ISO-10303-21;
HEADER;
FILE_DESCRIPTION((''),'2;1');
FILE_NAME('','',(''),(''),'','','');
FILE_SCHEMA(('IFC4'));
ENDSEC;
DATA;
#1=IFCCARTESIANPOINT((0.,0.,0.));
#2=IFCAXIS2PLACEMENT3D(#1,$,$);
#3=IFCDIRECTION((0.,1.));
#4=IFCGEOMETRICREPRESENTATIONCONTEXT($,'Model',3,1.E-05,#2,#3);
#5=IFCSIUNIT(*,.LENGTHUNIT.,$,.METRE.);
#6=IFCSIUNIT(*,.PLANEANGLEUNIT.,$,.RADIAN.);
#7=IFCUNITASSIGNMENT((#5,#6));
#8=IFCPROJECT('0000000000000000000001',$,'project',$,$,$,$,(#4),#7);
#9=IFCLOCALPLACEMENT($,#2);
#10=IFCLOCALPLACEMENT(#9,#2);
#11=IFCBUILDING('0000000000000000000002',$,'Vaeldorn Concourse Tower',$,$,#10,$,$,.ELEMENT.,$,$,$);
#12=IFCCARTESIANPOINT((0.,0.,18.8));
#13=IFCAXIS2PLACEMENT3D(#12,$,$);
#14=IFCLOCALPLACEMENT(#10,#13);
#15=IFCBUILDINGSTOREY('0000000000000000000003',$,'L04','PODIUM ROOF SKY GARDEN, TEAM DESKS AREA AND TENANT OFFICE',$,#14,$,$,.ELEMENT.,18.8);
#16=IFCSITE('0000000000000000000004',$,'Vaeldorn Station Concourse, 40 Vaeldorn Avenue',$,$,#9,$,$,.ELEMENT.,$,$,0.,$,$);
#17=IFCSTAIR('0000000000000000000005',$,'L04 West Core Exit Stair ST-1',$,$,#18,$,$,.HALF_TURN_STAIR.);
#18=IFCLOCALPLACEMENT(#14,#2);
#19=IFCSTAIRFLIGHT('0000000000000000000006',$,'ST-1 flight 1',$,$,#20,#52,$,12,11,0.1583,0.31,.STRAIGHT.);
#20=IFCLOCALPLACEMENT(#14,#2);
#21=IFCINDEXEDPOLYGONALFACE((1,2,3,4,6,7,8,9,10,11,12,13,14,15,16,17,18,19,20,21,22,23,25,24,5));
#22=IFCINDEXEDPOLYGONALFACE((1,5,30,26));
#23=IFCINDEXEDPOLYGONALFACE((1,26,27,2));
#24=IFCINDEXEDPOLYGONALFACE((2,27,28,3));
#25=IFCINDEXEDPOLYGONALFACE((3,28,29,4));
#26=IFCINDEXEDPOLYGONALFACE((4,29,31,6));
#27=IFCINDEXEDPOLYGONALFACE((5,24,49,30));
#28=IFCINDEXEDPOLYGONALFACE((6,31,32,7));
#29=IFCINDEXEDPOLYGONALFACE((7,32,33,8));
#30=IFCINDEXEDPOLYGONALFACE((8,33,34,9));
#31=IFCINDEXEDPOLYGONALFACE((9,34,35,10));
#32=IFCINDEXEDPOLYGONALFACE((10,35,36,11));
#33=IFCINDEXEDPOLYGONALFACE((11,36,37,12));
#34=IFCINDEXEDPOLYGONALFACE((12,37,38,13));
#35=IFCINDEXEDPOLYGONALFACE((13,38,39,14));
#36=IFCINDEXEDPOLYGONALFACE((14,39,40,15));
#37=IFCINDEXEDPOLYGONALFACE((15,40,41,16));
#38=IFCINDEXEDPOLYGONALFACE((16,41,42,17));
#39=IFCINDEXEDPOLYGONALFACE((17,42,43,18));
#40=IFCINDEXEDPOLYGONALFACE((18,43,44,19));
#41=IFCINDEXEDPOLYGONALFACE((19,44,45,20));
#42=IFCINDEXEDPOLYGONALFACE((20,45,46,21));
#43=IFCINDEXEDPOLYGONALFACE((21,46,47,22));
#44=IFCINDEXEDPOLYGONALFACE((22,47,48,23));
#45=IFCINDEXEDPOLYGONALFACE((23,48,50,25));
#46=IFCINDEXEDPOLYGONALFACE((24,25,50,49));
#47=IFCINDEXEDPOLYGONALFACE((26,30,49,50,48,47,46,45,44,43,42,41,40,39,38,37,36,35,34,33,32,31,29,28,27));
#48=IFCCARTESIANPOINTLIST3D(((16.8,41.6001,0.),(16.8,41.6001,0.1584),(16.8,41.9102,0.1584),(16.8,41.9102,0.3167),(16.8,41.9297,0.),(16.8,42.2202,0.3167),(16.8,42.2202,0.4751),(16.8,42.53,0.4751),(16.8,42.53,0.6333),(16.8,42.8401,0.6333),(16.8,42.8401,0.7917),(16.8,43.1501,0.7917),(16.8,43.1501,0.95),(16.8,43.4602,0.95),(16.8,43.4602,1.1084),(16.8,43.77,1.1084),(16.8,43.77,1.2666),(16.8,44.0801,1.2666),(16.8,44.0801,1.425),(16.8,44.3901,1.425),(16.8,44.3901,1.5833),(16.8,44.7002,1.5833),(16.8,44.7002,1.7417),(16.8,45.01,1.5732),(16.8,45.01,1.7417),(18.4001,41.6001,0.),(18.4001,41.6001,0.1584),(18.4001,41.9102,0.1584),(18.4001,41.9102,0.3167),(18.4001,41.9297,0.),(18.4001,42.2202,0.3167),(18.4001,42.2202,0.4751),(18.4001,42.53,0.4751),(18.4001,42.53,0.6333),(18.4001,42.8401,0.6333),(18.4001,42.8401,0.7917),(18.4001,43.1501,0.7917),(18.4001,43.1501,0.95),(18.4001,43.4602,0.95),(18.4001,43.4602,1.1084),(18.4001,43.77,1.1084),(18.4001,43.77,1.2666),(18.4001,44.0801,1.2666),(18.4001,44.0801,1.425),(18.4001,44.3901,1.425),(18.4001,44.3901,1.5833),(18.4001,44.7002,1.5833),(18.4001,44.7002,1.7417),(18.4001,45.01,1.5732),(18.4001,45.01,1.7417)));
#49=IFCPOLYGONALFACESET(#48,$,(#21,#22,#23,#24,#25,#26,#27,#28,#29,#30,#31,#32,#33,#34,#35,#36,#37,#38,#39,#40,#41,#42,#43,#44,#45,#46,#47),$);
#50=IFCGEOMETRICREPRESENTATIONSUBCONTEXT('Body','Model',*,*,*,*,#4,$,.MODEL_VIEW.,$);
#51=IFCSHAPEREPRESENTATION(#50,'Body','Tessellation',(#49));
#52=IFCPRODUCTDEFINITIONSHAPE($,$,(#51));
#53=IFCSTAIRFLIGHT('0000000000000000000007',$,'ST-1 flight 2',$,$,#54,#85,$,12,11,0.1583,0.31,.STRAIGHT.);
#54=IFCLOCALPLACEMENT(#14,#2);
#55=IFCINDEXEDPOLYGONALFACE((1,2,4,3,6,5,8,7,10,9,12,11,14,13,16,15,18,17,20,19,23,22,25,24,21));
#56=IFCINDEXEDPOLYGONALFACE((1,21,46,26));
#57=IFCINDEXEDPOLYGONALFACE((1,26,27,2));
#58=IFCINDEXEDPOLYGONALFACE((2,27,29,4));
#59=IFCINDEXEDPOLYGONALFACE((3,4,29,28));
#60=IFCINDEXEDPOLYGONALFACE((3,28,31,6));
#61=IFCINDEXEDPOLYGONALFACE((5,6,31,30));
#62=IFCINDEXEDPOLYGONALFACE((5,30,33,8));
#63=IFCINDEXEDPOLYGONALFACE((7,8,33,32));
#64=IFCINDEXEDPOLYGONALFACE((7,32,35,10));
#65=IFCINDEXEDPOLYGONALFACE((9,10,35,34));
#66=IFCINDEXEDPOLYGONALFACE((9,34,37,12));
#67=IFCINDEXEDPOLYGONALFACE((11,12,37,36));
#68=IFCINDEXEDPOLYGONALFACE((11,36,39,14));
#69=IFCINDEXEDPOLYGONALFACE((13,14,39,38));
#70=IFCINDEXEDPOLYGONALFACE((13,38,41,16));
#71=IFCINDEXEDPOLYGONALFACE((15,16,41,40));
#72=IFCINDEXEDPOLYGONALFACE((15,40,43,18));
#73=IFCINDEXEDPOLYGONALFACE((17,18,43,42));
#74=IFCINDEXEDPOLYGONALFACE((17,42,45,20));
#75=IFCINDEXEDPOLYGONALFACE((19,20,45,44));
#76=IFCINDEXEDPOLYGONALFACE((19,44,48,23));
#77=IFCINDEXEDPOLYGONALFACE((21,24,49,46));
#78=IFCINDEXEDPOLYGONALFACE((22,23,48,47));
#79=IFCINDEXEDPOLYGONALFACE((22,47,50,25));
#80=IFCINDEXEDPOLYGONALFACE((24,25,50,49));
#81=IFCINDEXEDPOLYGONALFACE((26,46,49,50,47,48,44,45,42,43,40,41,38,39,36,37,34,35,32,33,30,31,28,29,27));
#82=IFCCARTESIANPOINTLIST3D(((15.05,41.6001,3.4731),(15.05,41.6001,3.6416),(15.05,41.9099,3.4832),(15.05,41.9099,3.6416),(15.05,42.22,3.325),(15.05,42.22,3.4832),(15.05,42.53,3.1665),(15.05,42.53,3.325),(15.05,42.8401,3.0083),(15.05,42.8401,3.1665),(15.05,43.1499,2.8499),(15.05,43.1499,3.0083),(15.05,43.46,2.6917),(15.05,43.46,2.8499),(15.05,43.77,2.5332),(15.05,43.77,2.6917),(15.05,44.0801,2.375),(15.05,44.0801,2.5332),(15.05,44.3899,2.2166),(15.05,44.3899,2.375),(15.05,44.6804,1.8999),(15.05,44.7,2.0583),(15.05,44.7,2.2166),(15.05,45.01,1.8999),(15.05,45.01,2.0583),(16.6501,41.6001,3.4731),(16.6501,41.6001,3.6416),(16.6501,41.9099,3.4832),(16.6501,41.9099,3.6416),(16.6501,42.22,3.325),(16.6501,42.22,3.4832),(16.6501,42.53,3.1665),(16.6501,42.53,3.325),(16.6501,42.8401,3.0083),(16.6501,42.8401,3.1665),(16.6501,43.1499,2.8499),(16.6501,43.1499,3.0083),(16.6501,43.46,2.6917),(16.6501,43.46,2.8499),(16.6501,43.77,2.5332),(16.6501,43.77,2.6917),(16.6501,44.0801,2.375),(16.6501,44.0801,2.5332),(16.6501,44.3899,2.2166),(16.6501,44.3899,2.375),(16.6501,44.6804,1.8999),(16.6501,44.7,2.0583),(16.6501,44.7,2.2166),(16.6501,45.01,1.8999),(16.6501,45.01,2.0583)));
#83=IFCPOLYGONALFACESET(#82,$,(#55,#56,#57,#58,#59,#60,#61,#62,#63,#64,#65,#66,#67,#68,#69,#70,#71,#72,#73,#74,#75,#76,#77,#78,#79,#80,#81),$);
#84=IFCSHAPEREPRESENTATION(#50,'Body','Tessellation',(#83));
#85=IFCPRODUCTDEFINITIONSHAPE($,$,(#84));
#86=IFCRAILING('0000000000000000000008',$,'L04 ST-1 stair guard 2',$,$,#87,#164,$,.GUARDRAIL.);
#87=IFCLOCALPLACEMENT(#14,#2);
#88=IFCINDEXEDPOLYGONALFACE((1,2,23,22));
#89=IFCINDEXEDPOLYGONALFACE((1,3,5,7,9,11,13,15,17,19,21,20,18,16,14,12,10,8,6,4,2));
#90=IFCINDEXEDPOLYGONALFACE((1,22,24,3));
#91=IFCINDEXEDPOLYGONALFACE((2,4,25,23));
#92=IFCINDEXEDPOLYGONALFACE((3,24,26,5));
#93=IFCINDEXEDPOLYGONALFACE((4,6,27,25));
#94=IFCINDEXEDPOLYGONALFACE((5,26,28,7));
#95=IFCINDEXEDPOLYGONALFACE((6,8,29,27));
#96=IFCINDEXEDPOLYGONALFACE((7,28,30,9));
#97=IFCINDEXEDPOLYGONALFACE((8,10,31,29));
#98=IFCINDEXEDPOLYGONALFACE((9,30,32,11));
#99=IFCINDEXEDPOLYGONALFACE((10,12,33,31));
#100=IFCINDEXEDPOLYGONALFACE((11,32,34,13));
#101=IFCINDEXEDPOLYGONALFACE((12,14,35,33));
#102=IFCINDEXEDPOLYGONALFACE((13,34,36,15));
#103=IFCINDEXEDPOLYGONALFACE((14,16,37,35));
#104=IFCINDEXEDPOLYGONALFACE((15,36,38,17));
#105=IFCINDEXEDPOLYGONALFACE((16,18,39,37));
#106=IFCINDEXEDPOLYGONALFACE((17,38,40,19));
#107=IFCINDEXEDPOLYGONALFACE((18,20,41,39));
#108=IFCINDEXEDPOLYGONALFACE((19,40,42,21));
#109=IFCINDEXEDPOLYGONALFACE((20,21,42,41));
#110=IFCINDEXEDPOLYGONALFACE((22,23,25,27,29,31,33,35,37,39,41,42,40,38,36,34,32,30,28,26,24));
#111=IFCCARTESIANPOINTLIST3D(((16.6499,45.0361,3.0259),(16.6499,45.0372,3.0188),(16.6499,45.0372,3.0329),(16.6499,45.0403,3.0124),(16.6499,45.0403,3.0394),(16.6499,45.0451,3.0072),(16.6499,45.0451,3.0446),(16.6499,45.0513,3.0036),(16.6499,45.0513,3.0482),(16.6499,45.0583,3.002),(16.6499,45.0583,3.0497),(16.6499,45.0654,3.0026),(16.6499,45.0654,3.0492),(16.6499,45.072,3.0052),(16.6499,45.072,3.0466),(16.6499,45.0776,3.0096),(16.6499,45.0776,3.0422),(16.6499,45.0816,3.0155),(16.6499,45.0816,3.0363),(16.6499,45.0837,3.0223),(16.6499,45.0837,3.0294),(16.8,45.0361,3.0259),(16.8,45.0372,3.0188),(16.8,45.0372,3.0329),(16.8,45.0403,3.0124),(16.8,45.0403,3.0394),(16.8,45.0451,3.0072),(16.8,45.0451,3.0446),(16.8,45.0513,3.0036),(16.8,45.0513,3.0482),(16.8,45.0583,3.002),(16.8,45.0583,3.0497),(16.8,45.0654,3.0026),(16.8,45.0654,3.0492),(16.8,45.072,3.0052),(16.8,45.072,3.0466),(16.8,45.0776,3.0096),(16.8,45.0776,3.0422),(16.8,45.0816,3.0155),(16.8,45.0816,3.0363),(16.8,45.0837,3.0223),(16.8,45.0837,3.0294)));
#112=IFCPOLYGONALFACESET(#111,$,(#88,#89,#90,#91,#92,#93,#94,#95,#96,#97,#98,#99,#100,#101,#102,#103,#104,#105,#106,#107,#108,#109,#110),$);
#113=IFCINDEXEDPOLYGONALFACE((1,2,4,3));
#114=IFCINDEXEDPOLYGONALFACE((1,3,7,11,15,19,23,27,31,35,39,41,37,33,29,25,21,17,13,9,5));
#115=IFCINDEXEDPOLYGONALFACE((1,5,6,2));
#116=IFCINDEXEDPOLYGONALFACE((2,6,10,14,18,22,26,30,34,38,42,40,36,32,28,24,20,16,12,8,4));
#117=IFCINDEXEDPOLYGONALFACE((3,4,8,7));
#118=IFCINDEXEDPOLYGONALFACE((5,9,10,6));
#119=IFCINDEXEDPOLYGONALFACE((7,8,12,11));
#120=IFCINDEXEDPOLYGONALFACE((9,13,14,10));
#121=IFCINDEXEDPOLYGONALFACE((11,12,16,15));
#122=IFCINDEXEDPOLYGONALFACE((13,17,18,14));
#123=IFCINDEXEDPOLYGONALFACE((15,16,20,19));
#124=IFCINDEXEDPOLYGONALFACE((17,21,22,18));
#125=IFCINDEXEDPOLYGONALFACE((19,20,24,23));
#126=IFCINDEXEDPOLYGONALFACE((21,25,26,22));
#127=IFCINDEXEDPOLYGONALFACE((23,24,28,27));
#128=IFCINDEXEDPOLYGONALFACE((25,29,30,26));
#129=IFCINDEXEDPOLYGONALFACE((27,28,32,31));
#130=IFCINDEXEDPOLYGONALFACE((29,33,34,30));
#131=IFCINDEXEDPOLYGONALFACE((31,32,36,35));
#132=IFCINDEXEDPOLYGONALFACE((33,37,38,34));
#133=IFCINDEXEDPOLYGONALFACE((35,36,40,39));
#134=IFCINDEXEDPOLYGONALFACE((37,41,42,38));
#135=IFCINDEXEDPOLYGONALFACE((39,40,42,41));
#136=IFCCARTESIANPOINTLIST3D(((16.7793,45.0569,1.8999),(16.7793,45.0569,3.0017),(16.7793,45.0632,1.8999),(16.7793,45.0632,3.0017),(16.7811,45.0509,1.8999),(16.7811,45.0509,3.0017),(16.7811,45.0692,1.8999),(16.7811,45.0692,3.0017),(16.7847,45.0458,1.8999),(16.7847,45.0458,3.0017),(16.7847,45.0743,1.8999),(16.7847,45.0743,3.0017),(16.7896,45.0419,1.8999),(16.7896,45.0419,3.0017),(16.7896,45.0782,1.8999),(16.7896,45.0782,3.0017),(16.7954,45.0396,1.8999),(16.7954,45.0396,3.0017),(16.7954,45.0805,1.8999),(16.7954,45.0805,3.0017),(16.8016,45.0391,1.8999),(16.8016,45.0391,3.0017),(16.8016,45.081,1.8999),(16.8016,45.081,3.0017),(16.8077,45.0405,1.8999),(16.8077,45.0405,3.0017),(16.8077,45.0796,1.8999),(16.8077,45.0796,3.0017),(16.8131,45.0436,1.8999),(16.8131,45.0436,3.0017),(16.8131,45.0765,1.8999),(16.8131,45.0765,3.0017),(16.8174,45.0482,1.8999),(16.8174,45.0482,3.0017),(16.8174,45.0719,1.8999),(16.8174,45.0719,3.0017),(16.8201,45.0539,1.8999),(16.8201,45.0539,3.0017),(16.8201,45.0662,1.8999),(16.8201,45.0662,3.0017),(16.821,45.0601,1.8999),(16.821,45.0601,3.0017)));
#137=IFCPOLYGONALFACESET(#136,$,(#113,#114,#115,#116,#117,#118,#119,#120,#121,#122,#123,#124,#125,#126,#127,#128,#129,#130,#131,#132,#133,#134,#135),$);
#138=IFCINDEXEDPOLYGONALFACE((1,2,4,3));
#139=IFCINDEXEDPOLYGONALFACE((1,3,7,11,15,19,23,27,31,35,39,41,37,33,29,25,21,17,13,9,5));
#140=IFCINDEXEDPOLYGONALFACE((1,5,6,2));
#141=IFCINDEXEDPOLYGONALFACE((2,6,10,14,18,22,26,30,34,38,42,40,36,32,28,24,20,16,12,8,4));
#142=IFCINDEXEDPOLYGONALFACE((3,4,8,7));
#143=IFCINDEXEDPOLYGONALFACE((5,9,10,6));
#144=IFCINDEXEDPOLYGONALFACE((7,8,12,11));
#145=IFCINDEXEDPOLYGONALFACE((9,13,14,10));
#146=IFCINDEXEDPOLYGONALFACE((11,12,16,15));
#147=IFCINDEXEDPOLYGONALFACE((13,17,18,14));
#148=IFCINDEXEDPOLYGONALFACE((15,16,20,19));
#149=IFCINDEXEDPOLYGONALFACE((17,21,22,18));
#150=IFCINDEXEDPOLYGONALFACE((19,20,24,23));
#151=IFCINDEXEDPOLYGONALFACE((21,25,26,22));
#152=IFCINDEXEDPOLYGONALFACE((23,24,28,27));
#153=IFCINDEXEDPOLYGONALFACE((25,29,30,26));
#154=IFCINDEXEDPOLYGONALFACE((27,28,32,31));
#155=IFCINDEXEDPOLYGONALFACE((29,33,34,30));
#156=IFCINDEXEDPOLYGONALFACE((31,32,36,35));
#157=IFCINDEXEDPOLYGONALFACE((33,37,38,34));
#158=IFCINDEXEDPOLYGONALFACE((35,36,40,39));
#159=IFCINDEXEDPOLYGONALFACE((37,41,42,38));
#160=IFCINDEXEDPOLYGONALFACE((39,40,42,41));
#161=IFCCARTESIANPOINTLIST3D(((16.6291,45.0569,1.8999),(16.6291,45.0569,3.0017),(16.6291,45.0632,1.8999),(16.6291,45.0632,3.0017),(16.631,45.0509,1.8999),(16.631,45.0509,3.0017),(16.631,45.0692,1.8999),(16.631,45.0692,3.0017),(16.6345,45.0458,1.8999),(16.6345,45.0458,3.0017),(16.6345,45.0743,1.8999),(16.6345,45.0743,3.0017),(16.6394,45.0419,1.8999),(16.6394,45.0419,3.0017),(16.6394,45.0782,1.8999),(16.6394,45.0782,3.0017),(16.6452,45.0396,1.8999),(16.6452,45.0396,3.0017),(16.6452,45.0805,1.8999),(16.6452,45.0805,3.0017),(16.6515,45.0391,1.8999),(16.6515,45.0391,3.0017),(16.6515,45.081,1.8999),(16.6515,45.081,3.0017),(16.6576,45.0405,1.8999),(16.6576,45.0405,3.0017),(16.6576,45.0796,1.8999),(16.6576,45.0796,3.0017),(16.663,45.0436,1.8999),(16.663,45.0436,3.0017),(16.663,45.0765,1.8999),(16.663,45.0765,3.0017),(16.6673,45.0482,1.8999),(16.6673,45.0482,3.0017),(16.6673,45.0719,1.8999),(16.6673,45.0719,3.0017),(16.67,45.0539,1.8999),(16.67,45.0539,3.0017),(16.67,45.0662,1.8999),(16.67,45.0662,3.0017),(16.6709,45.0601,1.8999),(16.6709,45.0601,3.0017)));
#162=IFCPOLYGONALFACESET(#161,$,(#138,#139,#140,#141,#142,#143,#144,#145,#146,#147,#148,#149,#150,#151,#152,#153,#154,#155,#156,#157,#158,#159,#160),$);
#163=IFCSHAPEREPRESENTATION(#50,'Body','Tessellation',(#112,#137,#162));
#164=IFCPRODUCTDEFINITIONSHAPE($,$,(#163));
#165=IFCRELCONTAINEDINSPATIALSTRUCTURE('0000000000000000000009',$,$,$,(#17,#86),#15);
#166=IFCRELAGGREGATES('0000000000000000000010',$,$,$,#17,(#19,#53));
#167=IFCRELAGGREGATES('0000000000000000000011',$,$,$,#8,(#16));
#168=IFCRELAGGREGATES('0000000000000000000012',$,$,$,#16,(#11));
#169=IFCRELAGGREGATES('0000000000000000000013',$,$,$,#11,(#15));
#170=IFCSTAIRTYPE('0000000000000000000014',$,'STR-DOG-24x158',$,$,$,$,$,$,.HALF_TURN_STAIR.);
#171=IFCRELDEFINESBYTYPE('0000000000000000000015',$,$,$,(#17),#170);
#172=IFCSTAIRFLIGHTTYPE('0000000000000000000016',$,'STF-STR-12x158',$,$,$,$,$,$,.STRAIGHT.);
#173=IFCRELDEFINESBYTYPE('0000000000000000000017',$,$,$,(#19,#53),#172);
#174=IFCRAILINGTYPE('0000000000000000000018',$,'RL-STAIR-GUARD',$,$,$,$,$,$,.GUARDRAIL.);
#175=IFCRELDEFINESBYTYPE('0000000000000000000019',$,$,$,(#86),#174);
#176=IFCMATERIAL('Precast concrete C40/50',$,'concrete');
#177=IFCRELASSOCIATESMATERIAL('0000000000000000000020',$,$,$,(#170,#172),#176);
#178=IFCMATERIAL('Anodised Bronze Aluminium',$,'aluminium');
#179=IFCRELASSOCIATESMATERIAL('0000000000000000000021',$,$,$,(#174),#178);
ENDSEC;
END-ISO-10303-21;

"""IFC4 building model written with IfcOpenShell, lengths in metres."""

from ifc_helpers import new_model, si_unit, direction, frame, origin, origin_2d, place, context, subcontext, project, spatial, polyline, circle, outline, extrude, material, type_object, element, aggregate, save


model = new_model("IFC4")

# Units and contexts
model_context = context("Model", 3, precision=1e-05, world=origin(), true_north=direction((0.0, 1.0)))
body_context = subcontext(model_context, "Body", "Model", "MODEL_VIEW")
ifc_project = project(units=[si_unit("LENGTHUNIT", "METRE"), si_unit("PLANEANGLEUNIT", "RADIAN")], contexts=[model_context])

# Site, building, storey
site_placement = place(None, origin())
site = spatial("IfcSite", under=ifc_project, at=site_placement, Name="Vaeldorn Station Concourse, 40 Vaeldorn Avenue", CompositionType="ELEMENT", RefElevation=0.0)
building_placement = place(site_placement, origin())
building = spatial("IfcBuilding", under=site, at=building_placement, Name="Vaeldorn Concourse Tower", CompositionType="ELEMENT")
storey_placement = place(building_placement, frame((0.0, 0.0, 18.8)))
storey = spatial("IfcBuildingStorey", under=building, at=storey_placement, Name="L04", Description="PODIUM ROOF SKY GARDEN, TEAM DESKS AREA AND TENANT OFFICE", CompositionType="ELEMENT", Elevation=18.8)

# Shared definitions
ifc_material_1 = material(Name="Anodised Bronze Aluminium", Category="aluminium")

# Stair, stair flights
ifc_material_2 = material(Name="Precast concrete C40/50", Category="concrete")
stair_type = type_object("IfcStairType", Name="STR-DOG-24x158", PredefinedType="HALF_TURN_STAIR", material=ifc_material_2)
stair_placement = place(storey_placement, origin())
stair = element("IfcStair", 1, at=stair_placement, inside=storey, type_object=stair_type, Name="L04 West Core Exit Stair ST-1", PredefinedType="HALF_TURN_STAIR")
stair_flight_type = type_object("IfcStairFlightType", Name="STF-STR-12x158", PredefinedType="STRAIGHT", material=ifc_material_2)
stair_flight_1_placement = place(storey_placement, frame((17.6001, 41.6001, 0.0), z_axis=(0.0, 0.0, 1.0), x_axis=(0.0, 1.0, 0.0)))
stair_flight_1 = element("IfcStairFlight", 2, at=stair_flight_1_placement, type_object=stair_flight_type, Name="ST-1 flight 1", NumberOfRisers=12, NumberOfTreads=11, PredefinedType="STRAIGHT", RiserHeight=0.1583, TreadLength=0.31, context=body_context, shape_type="SweptSolid", body=[
    extrude(outline(polyline([(0.0, 0.0), (0.0, 0.1584), (0.3101, 0.1584), (0.3101, 0.3167), (0.6201, 0.3167), (0.6201, 0.4751), (0.9299, 0.4751), (0.9299, 0.6333), (1.24, 0.6333), (1.24, 0.7917), (1.55, 0.7917), (1.55, 0.95), (1.8601, 0.95), (1.8601, 1.1084), (2.1699, 1.1084), (2.1699, 1.2666), (2.48, 1.2666), (2.48, 1.425), (2.79, 1.425), (2.79, 1.5833), (3.1001, 1.5833), (3.1001, 1.7417), (3.4099, 1.7417), (3.4099, 1.8999), (3.4099, 1.5732), (0.3296, 0.0), (0.0, 0.0)])), frame((0.0, 0.8, 0.0), z_axis=(0.0, -1.0, 0.0), x_axis=(1.0, 0.0, 0.0)), (0.0, 0.0, 1.0), 1.6001),
])
stair_flight_2_placement = place(storey_placement, frame((15.8501, 45.01, 1.8999), z_axis=(0.0, 0.0, 1.0), x_axis=(0.0, -1.0, 0.0)))
stair_flight_2 = element("IfcStairFlight", 3, at=stair_flight_2_placement, type_object=stair_flight_type, Name="ST-1 flight 2", NumberOfRisers=12, NumberOfTreads=11, PredefinedType="STRAIGHT", RiserHeight=0.1583, TreadLength=0.31, context=body_context, shape_type="SweptSolid", body=[
    extrude(outline(polyline([(0.0, 0.0), (0.0, 0.1584), (0.3101, 0.1584), (0.3101, 0.3167), (0.6201, 0.3167), (0.6201, 0.4751), (0.9299, 0.4751), (0.9299, 0.6333), (1.24, 0.6333), (1.24, 0.7917), (1.55, 0.7917), (1.55, 0.95), (1.8601, 0.95), (1.8601, 1.1084), (2.1699, 1.1084), (2.1699, 1.2666), (2.48, 1.2666), (2.48, 1.425), (2.79, 1.425), (2.79, 1.5833), (3.1001, 1.5833), (3.1001, 1.7417), (3.4099, 1.7417), (3.4099, 1.8999), (3.4099, 1.5732), (0.3296, 0.0), (0.0, 0.0)])), frame((0.0, 0.8, 0.0), z_axis=(0.0, -1.0, 0.0), x_axis=(1.0, 0.0, 0.0)), (0.0, 0.0, 1.0), 1.6001),
])
aggregate(stair, [stair_flight_1, stair_flight_2])

# Railing
railing_type_1 = type_object("IfcRailingType", Name="RL-STAIR-GUARD", PredefinedType="GUARDRAIL", material=ifc_material_1)
railing_1_placement = place(storey_placement, frame((16.8, 45.0601, 1.8999)))
element("IfcRailing", 4, at=railing_1_placement, inside=storey, type_object=railing_type_1, Name="L04 ST-1 stair guard 2", PredefinedType="GUARDRAIL", context=body_context, shape_type="SweptSolid", body=[
    extrude(circle(Radius=0.0239, at=origin_2d()), frame((0.0, 0.0, 1.126), z_axis=(-1.0, 0.0, 0.0), x_axis=(0.0, -1.0, 0.0)), (0.0, 0.0, 1.0), 0.1501),
    extrude(circle(Radius=0.021, at=origin_2d()), origin(), (0.0, 0.0, 1.0), 1.1018),
    extrude(circle(Radius=0.021, at=origin_2d()), frame((-0.1501, 0.0, 0.0)), (0.0, 0.0, 1.0), 1.1018),
])

save(model, "model.ifc")
